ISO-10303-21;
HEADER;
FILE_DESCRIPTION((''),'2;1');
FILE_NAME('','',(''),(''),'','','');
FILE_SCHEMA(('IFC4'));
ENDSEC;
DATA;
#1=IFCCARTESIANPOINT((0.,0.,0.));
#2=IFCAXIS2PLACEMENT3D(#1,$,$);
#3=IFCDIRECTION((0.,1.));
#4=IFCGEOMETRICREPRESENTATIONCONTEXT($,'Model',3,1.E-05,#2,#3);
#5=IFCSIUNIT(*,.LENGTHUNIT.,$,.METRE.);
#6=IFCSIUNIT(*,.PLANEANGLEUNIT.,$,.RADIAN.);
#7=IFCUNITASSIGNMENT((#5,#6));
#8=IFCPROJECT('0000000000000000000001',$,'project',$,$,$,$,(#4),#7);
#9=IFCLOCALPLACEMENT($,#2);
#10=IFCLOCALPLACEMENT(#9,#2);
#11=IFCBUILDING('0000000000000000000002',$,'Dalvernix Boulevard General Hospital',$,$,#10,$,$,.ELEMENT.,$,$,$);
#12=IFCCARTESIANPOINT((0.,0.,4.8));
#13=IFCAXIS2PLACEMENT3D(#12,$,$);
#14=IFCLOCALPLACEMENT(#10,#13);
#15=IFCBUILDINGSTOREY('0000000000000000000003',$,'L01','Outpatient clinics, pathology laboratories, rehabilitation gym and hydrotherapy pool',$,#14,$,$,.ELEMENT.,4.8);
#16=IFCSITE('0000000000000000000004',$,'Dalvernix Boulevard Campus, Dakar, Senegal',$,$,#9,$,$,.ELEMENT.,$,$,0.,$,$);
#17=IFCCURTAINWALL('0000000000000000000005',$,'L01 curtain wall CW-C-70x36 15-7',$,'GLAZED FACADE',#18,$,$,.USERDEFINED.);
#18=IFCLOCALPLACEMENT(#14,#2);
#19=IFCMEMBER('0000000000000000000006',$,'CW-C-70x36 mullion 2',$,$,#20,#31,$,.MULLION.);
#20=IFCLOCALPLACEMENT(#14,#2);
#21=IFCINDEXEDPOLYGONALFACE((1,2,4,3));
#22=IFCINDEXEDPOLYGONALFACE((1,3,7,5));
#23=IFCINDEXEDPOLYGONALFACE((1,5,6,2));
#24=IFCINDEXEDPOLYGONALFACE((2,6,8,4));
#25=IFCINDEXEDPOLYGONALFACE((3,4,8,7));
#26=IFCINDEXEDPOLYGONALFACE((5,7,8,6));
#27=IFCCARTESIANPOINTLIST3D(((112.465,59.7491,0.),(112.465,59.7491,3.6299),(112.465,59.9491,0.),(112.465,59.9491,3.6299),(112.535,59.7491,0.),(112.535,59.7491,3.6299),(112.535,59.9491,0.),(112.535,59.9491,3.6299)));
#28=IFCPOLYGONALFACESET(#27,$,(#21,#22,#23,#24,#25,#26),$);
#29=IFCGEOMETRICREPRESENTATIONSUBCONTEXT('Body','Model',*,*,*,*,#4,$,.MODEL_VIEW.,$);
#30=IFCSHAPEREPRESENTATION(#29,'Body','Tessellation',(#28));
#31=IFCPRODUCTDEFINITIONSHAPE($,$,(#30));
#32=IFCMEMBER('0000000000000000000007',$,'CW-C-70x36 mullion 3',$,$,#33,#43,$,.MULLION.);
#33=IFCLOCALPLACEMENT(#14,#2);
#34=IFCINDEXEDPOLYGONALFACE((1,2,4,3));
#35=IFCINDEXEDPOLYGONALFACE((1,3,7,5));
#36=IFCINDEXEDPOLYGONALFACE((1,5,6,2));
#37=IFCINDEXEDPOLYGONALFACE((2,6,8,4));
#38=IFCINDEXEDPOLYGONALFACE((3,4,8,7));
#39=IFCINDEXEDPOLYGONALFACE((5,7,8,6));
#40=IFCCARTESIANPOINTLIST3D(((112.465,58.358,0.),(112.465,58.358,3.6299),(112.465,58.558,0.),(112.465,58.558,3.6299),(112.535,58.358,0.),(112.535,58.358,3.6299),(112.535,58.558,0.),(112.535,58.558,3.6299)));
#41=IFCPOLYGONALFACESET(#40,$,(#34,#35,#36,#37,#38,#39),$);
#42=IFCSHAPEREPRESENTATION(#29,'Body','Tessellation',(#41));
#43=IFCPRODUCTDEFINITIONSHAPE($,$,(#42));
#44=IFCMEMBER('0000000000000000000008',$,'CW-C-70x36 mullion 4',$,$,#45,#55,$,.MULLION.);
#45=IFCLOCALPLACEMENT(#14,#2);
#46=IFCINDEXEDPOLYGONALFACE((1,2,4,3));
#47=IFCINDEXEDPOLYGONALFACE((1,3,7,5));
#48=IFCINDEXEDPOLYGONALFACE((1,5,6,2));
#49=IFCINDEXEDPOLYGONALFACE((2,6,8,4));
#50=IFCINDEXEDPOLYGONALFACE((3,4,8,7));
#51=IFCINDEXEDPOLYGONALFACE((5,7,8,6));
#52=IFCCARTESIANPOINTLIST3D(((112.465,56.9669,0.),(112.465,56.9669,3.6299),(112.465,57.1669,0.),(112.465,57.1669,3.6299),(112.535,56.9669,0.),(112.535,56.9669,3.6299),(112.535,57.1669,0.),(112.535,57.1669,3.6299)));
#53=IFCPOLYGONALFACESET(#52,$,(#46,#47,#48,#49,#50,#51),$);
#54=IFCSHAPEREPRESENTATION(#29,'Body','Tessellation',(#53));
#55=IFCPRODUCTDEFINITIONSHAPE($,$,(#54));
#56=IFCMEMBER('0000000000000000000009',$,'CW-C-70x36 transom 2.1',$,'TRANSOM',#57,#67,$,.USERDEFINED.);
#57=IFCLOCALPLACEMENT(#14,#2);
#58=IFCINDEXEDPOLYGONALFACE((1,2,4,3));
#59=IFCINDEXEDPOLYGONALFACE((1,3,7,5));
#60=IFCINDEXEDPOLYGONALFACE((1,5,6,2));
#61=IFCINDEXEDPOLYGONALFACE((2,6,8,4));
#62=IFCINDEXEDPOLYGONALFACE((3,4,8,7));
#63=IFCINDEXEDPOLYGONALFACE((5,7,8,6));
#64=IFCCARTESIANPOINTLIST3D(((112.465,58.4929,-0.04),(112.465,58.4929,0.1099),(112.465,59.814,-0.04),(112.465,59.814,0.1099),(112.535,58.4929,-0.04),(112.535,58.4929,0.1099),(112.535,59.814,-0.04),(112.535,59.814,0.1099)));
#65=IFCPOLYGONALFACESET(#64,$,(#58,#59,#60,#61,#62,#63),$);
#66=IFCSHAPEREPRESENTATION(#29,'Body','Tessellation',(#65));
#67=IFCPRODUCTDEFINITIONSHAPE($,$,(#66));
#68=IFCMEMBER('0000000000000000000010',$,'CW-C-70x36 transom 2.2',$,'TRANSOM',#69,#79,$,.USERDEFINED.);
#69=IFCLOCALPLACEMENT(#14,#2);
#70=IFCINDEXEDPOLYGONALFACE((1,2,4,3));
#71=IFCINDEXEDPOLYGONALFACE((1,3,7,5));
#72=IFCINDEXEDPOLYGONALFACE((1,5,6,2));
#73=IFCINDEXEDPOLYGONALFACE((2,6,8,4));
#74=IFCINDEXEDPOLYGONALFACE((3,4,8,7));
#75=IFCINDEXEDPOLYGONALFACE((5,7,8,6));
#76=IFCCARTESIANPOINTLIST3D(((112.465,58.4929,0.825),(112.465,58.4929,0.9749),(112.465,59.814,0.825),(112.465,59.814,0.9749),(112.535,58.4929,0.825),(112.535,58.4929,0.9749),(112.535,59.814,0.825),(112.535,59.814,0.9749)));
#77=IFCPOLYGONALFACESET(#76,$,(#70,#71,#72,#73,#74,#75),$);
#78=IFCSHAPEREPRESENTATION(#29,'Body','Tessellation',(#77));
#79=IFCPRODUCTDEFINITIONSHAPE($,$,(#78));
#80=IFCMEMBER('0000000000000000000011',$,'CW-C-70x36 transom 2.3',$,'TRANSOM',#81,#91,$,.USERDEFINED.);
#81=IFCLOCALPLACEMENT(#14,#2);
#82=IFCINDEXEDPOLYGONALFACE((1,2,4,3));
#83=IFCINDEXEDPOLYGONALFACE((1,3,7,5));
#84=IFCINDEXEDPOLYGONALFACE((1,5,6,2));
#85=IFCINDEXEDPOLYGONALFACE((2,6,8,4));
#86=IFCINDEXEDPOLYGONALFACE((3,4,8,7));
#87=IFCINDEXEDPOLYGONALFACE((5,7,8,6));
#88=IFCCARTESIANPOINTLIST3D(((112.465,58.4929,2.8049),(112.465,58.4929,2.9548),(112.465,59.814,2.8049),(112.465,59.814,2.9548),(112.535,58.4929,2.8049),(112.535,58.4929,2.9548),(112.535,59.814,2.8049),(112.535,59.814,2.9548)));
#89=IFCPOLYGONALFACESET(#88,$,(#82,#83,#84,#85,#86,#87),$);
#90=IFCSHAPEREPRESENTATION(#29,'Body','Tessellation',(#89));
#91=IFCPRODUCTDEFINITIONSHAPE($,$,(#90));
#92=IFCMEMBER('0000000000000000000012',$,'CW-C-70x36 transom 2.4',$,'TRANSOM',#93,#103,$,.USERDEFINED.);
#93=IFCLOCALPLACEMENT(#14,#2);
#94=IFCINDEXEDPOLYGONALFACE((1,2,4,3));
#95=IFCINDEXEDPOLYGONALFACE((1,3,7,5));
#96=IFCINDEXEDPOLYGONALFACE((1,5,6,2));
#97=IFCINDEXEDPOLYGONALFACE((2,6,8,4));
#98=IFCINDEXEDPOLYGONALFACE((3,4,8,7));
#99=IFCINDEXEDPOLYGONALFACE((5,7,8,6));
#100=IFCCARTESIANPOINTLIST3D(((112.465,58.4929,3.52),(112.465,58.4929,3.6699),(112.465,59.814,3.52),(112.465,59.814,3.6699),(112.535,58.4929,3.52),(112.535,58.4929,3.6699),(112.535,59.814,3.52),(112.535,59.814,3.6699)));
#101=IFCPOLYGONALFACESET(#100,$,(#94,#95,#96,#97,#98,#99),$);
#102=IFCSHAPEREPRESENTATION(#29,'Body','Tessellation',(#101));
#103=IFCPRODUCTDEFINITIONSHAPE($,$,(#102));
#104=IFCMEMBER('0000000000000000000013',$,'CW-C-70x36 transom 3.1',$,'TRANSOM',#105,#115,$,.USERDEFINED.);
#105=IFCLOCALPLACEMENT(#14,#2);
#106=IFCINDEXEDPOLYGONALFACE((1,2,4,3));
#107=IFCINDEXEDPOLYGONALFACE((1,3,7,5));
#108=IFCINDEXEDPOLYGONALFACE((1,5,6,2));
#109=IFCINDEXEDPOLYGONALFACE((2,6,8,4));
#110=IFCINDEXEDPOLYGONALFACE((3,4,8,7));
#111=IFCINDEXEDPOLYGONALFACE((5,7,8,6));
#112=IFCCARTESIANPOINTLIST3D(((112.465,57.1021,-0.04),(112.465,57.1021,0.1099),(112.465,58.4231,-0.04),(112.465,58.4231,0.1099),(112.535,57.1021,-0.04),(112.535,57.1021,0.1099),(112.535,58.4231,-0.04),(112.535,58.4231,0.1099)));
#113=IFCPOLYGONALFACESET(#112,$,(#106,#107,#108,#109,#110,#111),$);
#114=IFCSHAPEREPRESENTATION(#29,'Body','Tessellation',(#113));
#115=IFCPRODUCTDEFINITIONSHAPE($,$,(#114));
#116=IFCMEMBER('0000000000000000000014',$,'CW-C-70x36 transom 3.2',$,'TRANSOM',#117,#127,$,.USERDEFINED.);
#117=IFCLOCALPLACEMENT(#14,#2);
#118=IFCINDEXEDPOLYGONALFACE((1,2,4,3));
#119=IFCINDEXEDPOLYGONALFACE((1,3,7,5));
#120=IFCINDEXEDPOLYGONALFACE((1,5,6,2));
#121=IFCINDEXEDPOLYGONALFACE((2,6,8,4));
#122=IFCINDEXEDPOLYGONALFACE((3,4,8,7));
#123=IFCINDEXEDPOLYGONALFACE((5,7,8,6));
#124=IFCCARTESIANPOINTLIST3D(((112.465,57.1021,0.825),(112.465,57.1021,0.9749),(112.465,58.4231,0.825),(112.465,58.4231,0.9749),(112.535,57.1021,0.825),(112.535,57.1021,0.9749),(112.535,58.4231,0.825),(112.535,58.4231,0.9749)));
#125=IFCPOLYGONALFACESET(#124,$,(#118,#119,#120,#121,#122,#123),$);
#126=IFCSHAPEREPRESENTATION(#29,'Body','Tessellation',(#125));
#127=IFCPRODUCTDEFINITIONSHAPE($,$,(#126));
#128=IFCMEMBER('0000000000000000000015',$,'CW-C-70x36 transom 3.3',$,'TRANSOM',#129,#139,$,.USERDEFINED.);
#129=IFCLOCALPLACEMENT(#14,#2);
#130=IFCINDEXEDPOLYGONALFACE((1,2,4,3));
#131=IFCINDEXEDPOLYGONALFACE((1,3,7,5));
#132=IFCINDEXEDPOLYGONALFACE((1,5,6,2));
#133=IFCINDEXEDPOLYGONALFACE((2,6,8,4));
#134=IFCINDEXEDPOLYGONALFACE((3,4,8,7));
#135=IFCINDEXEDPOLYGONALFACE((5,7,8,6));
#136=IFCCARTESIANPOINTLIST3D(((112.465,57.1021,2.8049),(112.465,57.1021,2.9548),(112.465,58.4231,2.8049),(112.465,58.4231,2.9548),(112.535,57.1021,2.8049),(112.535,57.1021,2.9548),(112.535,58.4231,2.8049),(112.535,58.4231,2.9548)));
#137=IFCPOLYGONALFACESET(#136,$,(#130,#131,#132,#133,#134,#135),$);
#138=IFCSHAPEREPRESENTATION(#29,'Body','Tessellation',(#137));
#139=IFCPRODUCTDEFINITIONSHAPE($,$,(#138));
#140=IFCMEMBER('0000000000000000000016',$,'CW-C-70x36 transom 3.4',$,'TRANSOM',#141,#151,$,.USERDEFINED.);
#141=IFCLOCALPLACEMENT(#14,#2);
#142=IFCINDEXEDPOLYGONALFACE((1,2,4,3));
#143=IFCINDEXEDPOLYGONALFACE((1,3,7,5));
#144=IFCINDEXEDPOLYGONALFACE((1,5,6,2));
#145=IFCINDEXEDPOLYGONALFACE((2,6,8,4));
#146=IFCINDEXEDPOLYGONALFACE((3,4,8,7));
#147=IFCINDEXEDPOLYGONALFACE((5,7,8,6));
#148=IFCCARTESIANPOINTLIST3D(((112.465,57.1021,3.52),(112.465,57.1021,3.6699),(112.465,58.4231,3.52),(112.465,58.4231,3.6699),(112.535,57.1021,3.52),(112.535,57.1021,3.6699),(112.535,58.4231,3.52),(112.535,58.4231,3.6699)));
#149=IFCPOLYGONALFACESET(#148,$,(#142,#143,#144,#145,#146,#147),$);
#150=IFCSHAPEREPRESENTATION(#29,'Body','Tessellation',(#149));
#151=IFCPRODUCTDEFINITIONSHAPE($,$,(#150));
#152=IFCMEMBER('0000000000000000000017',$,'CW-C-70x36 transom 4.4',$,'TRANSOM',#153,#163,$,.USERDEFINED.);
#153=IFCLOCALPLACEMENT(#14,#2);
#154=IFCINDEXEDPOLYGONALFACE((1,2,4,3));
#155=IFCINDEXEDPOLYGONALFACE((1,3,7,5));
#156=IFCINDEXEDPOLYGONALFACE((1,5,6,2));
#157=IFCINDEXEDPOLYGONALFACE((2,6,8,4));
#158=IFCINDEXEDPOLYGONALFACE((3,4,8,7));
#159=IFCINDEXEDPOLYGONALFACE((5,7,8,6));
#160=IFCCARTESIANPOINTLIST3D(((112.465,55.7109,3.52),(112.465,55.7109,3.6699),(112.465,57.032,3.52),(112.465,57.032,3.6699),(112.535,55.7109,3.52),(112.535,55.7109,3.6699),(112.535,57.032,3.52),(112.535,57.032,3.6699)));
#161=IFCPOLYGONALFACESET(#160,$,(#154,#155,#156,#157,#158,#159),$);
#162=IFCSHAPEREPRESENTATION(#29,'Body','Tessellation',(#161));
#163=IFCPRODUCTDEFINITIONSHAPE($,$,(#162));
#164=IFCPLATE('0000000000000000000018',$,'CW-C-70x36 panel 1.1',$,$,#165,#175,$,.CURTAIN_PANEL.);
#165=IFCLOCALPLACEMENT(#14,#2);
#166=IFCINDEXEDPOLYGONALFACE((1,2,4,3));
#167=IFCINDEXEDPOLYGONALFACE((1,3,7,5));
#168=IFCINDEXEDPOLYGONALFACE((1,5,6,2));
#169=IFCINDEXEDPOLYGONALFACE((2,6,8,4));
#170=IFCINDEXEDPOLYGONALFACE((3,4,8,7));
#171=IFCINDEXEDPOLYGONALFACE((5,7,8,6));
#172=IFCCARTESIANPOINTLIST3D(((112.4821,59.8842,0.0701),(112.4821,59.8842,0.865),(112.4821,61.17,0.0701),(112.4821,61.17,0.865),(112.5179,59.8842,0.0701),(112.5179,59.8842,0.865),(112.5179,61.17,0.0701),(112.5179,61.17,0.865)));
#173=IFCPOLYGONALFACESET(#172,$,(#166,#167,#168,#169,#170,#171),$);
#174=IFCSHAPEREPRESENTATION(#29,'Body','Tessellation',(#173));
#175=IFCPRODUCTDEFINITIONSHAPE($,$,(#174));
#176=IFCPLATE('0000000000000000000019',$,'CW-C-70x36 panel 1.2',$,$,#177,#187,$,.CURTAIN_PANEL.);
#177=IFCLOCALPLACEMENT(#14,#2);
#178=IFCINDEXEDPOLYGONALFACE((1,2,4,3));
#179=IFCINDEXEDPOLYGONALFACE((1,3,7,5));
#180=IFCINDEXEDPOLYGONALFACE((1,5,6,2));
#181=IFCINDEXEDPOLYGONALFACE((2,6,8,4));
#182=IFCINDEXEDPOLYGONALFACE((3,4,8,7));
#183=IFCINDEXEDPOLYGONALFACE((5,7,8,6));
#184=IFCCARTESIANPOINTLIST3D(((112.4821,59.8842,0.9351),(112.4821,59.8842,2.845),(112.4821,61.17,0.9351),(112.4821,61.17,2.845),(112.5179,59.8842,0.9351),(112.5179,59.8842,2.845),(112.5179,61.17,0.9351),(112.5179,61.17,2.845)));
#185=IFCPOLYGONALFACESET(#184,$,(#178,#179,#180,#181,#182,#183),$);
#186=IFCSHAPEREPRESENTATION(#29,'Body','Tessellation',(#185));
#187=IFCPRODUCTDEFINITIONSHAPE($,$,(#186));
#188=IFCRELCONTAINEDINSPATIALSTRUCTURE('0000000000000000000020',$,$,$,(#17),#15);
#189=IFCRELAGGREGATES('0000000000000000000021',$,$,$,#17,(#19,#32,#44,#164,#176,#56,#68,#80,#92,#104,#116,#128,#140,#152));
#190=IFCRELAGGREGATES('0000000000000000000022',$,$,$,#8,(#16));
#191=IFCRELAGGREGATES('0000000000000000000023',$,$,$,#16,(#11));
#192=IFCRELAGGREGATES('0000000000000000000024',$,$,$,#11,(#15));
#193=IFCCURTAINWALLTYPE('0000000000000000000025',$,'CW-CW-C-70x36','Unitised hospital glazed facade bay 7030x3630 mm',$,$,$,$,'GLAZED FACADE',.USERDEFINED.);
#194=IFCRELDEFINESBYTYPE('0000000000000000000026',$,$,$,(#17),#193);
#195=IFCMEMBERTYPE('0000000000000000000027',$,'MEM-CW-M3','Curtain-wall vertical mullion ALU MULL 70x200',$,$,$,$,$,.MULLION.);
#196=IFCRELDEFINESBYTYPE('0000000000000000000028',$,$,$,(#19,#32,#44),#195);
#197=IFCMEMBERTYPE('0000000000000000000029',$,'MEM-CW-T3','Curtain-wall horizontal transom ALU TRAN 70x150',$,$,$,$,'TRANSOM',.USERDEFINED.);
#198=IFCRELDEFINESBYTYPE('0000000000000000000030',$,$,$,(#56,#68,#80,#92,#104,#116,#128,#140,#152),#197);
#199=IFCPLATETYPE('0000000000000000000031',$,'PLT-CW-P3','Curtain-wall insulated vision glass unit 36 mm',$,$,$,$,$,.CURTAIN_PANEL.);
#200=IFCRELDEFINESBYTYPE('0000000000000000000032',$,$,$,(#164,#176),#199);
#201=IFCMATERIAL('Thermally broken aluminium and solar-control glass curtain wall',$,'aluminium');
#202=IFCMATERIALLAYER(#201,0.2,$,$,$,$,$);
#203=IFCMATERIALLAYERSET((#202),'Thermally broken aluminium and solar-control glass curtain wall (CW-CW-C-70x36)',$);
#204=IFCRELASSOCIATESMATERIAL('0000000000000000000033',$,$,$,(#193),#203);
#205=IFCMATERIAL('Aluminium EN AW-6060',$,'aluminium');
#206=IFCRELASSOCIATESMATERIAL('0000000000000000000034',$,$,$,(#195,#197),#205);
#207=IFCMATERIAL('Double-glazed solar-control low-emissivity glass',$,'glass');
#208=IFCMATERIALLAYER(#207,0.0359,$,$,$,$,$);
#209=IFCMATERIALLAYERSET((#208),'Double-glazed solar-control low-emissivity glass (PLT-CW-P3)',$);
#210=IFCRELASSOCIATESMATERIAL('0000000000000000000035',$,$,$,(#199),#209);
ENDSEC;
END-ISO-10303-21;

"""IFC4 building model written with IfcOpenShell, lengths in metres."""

from ifc_helpers import new_model, si_unit, direction, frame, origin, origin_2d, place, context, subcontext, project, spatial, rectangle, extrude, material, layer, layer_set, material_profile, profile_set, type_object, element, aggregate, save


model = new_model("IFC4")

# Units and contexts
model_context = context("Model", 3, precision=1e-05, world=origin(), true_north=direction((0.0, 1.0)))
body_context = subcontext(model_context, "Body", "Model", "MODEL_VIEW")
ifc_project = project(units=[si_unit("LENGTHUNIT", "METRE"), si_unit("PLANEANGLEUNIT", "RADIAN")], contexts=[model_context])

# Site, building, storey
site_placement = place(None, origin())
site = spatial("IfcSite", under=ifc_project, at=site_placement, Name="Dalvernix Boulevard Campus, Dakar, Senegal", CompositionType="ELEMENT", RefElevation=0.0)
building_placement = place(site_placement, origin())
building = spatial("IfcBuilding", under=site, at=building_placement, Name="Dalvernix Boulevard General Hospital", CompositionType="ELEMENT")
storey_placement = place(building_placement, frame((0.0, 0.0, 4.8)))
storey = spatial("IfcBuildingStorey", under=building, at=storey_placement, Name="L01", Description="Outpatient clinics, pathology laboratories, rehabilitation gym and hydrotherapy pool", CompositionType="ELEMENT", Elevation=4.8)

# Curtain wall, members, plates
ifc_material_1 = material(Name="Thermally broken aluminium and solar-control glass curtain wall", Category="aluminium")
ifc_layer_1 = layer(ifc_material_1, 0.2)
ifc_layer_set_1 = layer_set([ifc_layer_1], Name="Thermally broken aluminium and solar-control glass curtain wall (CW-CW-C-70x36)")
curtain_wall_type = type_object("IfcCurtainWallType", Name="CW-CW-C-70x36", Description="Unitised hospital glazed facade bay 7030x3630 mm", ElementType="GLAZED FACADE", PredefinedType="USERDEFINED", material=ifc_layer_set_1)
curtain_wall_placement = place(storey_placement, origin())
curtain_wall = element("IfcCurtainWall", 1, at=curtain_wall_placement, inside=storey, type_object=curtain_wall_type, Name="L01 curtain wall CW-C-70x36 15-7", ObjectType="GLAZED FACADE", PredefinedType="USERDEFINED")
ifc_material_2 = material(Name="Aluminium EN AW-6060", Category="aluminium")
ifc_material_profile_1 = material_profile(ifc_material_2, rectangle(XDim=0.0701, YDim=0.2, at=origin_2d()), Name="ALU MULL 70x200")
ifc_profile_set_1 = profile_set([ifc_material_profile_1], Name="Aluminium EN AW-6060")
member_type_1 = type_object("IfcMemberType", Name="MEM-CW-M3", Description="Curtain-wall vertical mullion ALU MULL 70x200", PredefinedType="MULLION", material=ifc_profile_set_1)
member_1_placement = place(storey_placement, frame((112.5, 59.8491, 0.0), z_axis=(0.0, 0.0, 1.0), x_axis=(1.0, 0.0, 0.0)))
member_1 = element("IfcMember", 2, at=member_1_placement, type_object=member_type_1, Name="CW-C-70x36 mullion 2", PredefinedType="MULLION", context=body_context, shape_type="SweptSolid", body=[
    extrude(rectangle(XDim=0.0701, YDim=0.2, at=origin_2d()), origin(), (0.0, 0.0, 1.0), 3.6299),
])
member_2_placement = place(storey_placement, frame((112.5, 58.458, 0.0), z_axis=(0.0, 0.0, 1.0), x_axis=(1.0, 0.0, 0.0)))
member_2 = element("IfcMember", 3, at=member_2_placement, type_object=member_type_1, Name="CW-C-70x36 mullion 3", PredefinedType="MULLION", context=body_context, shape_type="SweptSolid", body=[
    extrude(rectangle(XDim=0.0701, YDim=0.2, at=origin_2d()), origin(), (0.0, 0.0, 1.0), 3.6299),
])
member_3_placement = place(storey_placement, frame((112.5, 57.0669, 0.0), z_axis=(0.0, 0.0, 1.0), x_axis=(1.0, 0.0, 0.0)))
member_3 = element("IfcMember", 4, at=member_3_placement, type_object=member_type_1, Name="CW-C-70x36 mullion 4", PredefinedType="MULLION", context=body_context, shape_type="SweptSolid", body=[
    extrude(rectangle(XDim=0.0701, YDim=0.2, at=origin_2d()), origin(), (0.0, 0.0, 1.0), 3.6299),
])
ifc_material_profile_2 = material_profile(ifc_material_2, rectangle(XDim=0.0701, YDim=0.1499, at=origin_2d()), Name="ALU TRAN 70x150")
ifc_profile_set_2 = profile_set([ifc_material_profile_2], Name="Aluminium EN AW-6060")
member_type_2 = type_object("IfcMemberType", Name="MEM-CW-T3", Description="Curtain-wall horizontal transom ALU TRAN 70x150", ElementType="TRANSOM", PredefinedType="USERDEFINED", material=ifc_profile_set_2)
member_4_placement = place(storey_placement, frame((112.5, 59.814, 0.0349), z_axis=(0.0, -1.0, 0.0), x_axis=(1.0, 0.0, 0.0)))
member_4 = element("IfcMember", 5, at=member_4_placement, type_object=member_type_2, Name="CW-C-70x36 transom 2.1", ObjectType="TRANSOM", PredefinedType="USERDEFINED", context=body_context, shape_type="SweptSolid", body=[
    extrude(rectangle(XDim=0.0701, YDim=0.1499, at=origin_2d()), origin(), (0.0, 0.0, 1.0), 1.321),
])
member_5_placement = place(storey_placement, frame((112.5, 59.814, 0.8999), z_axis=(0.0, -1.0, 0.0), x_axis=(1.0, 0.0, 0.0)))
member_5 = element("IfcMember", 6, at=member_5_placement, type_object=member_type_2, Name="CW-C-70x36 transom 2.2", ObjectType="TRANSOM", PredefinedType="USERDEFINED", context=body_context, shape_type="SweptSolid", body=[
    extrude(rectangle(XDim=0.0701, YDim=0.1499, at=origin_2d()), origin(), (0.0, 0.0, 1.0), 1.321),
])
member_6_placement = place(storey_placement, frame((112.5, 59.814, 2.8799), z_axis=(0.0, -1.0, 0.0), x_axis=(1.0, 0.0, 0.0)))
member_6 = element("IfcMember", 7, at=member_6_placement, type_object=member_type_2, Name="CW-C-70x36 transom 2.3", ObjectType="TRANSOM", PredefinedType="USERDEFINED", context=body_context, shape_type="SweptSolid", body=[
    extrude(rectangle(XDim=0.0701, YDim=0.1499, at=origin_2d()), origin(), (0.0, 0.0, 1.0), 1.321),
])
member_7_placement = place(storey_placement, frame((112.5, 59.814, 3.595), z_axis=(0.0, -1.0, 0.0), x_axis=(1.0, 0.0, 0.0)))
member_7 = element("IfcMember", 8, at=member_7_placement, type_object=member_type_2, Name="CW-C-70x36 transom 2.4", ObjectType="TRANSOM", PredefinedType="USERDEFINED", context=body_context, shape_type="SweptSolid", body=[
    extrude(rectangle(XDim=0.0701, YDim=0.1499, at=origin_2d()), origin(), (0.0, 0.0, 1.0), 1.321),
])
member_8_placement = place(storey_placement, frame((112.5, 58.4231, 0.0349), z_axis=(0.0, -1.0, 0.0), x_axis=(1.0, 0.0, 0.0)))
member_8 = element("IfcMember", 9, at=member_8_placement, type_object=member_type_2, Name="CW-C-70x36 transom 3.1", ObjectType="TRANSOM", PredefinedType="USERDEFINED", context=body_context, shape_type="SweptSolid", body=[
    extrude(rectangle(XDim=0.0701, YDim=0.1499, at=origin_2d()), origin(), (0.0, 0.0, 1.0), 1.321),
])
member_9_placement = place(storey_placement, frame((112.5, 58.4231, 0.8999), z_axis=(0.0, -1.0, 0.0), x_axis=(1.0, 0.0, 0.0)))
member_9 = element("IfcMember", 10, at=member_9_placement, type_object=member_type_2, Name="CW-C-70x36 transom 3.2", ObjectType="TRANSOM", PredefinedType="USERDEFINED", context=body_context, shape_type="SweptSolid", body=[
    extrude(rectangle(XDim=0.0701, YDim=0.1499, at=origin_2d()), origin(), (0.0, 0.0, 1.0), 1.321),
])
member_10_placement = place(storey_placement, frame((112.5, 58.4231, 2.8799), z_axis=(0.0, -1.0, 0.0), x_axis=(1.0, 0.0, 0.0)))
member_10 = element("IfcMember", 11, at=member_10_placement, type_object=member_type_2, Name="CW-C-70x36 transom 3.3", ObjectType="TRANSOM", PredefinedType="USERDEFINED", context=body_context, shape_type="SweptSolid", body=[
    extrude(rectangle(XDim=0.0701, YDim=0.1499, at=origin_2d()), origin(), (0.0, 0.0, 1.0), 1.321),
])
member_11_placement = place(storey_placement, frame((112.5, 58.4231, 3.595), z_axis=(0.0, -1.0, 0.0), x_axis=(1.0, 0.0, 0.0)))
member_11 = element("IfcMember", 12, at=member_11_placement, type_object=member_type_2, Name="CW-C-70x36 transom 3.4", ObjectType="TRANSOM", PredefinedType="USERDEFINED", context=body_context, shape_type="SweptSolid", body=[
    extrude(rectangle(XDim=0.0701, YDim=0.1499, at=origin_2d()), origin(), (0.0, 0.0, 1.0), 1.321),
])
member_12_placement = place(storey_placement, frame((112.5, 57.032, 3.595), z_axis=(0.0, -1.0, 0.0), x_axis=(1.0, 0.0, 0.0)))
member_12 = element("IfcMember", 13, at=member_12_placement, type_object=member_type_2, Name="CW-C-70x36 transom 4.4", ObjectType="TRANSOM", PredefinedType="USERDEFINED", context=body_context, shape_type="SweptSolid", body=[
    extrude(rectangle(XDim=0.0701, YDim=0.1499, at=origin_2d()), origin(), (0.0, 0.0, 1.0), 1.321),
])
ifc_material_3 = material(Name="Double-glazed solar-control low-emissivity glass", Category="glass")
ifc_layer_2 = layer(ifc_material_3, 0.0359)
ifc_layer_set_2 = layer_set([ifc_layer_2], Name="Double-glazed solar-control low-emissivity glass (PLT-CW-P3)")
plate_type = type_object("IfcPlateType", Name="PLT-CW-P3", Description="Curtain-wall insulated vision glass unit 36 mm", PredefinedType="CURTAIN_PANEL", material=ifc_layer_set_2)
plate_1_placement = place(storey_placement, frame((112.5, 60.5271, 0.0701), z_axis=(0.0, 0.0, 1.0), x_axis=(0.0, -1.0, 0.0)))
plate_1 = element("IfcPlate", 14, at=plate_1_placement, type_object=plate_type, Name="CW-C-70x36 panel 1.1", PredefinedType="CURTAIN_PANEL", context=body_context, shape_type="SweptSolid", body=[
    extrude(rectangle(XDim=1.2859, YDim=0.0359, at=origin_2d()), origin(), (0.0, 0.0, 1.0), 0.7949),
])
plate_2_placement = place(storey_placement, frame((112.5, 60.5271, 0.9351), z_axis=(0.0, 0.0, 1.0), x_axis=(0.0, -1.0, 0.0)))
plate_2 = element("IfcPlate", 15, at=plate_2_placement, type_object=plate_type, Name="CW-C-70x36 panel 1.2", PredefinedType="CURTAIN_PANEL", context=body_context, shape_type="SweptSolid", body=[
    extrude(rectangle(XDim=1.2859, YDim=0.0359, at=origin_2d()), origin(), (0.0, 0.0, 1.0), 1.9099),
])
aggregate(curtain_wall, [member_1, member_2, member_3, plate_1, plate_2, member_4, member_5, member_6, member_7, member_8, member_9, member_10, member_11, member_12])

save(model, "model.ifc")
